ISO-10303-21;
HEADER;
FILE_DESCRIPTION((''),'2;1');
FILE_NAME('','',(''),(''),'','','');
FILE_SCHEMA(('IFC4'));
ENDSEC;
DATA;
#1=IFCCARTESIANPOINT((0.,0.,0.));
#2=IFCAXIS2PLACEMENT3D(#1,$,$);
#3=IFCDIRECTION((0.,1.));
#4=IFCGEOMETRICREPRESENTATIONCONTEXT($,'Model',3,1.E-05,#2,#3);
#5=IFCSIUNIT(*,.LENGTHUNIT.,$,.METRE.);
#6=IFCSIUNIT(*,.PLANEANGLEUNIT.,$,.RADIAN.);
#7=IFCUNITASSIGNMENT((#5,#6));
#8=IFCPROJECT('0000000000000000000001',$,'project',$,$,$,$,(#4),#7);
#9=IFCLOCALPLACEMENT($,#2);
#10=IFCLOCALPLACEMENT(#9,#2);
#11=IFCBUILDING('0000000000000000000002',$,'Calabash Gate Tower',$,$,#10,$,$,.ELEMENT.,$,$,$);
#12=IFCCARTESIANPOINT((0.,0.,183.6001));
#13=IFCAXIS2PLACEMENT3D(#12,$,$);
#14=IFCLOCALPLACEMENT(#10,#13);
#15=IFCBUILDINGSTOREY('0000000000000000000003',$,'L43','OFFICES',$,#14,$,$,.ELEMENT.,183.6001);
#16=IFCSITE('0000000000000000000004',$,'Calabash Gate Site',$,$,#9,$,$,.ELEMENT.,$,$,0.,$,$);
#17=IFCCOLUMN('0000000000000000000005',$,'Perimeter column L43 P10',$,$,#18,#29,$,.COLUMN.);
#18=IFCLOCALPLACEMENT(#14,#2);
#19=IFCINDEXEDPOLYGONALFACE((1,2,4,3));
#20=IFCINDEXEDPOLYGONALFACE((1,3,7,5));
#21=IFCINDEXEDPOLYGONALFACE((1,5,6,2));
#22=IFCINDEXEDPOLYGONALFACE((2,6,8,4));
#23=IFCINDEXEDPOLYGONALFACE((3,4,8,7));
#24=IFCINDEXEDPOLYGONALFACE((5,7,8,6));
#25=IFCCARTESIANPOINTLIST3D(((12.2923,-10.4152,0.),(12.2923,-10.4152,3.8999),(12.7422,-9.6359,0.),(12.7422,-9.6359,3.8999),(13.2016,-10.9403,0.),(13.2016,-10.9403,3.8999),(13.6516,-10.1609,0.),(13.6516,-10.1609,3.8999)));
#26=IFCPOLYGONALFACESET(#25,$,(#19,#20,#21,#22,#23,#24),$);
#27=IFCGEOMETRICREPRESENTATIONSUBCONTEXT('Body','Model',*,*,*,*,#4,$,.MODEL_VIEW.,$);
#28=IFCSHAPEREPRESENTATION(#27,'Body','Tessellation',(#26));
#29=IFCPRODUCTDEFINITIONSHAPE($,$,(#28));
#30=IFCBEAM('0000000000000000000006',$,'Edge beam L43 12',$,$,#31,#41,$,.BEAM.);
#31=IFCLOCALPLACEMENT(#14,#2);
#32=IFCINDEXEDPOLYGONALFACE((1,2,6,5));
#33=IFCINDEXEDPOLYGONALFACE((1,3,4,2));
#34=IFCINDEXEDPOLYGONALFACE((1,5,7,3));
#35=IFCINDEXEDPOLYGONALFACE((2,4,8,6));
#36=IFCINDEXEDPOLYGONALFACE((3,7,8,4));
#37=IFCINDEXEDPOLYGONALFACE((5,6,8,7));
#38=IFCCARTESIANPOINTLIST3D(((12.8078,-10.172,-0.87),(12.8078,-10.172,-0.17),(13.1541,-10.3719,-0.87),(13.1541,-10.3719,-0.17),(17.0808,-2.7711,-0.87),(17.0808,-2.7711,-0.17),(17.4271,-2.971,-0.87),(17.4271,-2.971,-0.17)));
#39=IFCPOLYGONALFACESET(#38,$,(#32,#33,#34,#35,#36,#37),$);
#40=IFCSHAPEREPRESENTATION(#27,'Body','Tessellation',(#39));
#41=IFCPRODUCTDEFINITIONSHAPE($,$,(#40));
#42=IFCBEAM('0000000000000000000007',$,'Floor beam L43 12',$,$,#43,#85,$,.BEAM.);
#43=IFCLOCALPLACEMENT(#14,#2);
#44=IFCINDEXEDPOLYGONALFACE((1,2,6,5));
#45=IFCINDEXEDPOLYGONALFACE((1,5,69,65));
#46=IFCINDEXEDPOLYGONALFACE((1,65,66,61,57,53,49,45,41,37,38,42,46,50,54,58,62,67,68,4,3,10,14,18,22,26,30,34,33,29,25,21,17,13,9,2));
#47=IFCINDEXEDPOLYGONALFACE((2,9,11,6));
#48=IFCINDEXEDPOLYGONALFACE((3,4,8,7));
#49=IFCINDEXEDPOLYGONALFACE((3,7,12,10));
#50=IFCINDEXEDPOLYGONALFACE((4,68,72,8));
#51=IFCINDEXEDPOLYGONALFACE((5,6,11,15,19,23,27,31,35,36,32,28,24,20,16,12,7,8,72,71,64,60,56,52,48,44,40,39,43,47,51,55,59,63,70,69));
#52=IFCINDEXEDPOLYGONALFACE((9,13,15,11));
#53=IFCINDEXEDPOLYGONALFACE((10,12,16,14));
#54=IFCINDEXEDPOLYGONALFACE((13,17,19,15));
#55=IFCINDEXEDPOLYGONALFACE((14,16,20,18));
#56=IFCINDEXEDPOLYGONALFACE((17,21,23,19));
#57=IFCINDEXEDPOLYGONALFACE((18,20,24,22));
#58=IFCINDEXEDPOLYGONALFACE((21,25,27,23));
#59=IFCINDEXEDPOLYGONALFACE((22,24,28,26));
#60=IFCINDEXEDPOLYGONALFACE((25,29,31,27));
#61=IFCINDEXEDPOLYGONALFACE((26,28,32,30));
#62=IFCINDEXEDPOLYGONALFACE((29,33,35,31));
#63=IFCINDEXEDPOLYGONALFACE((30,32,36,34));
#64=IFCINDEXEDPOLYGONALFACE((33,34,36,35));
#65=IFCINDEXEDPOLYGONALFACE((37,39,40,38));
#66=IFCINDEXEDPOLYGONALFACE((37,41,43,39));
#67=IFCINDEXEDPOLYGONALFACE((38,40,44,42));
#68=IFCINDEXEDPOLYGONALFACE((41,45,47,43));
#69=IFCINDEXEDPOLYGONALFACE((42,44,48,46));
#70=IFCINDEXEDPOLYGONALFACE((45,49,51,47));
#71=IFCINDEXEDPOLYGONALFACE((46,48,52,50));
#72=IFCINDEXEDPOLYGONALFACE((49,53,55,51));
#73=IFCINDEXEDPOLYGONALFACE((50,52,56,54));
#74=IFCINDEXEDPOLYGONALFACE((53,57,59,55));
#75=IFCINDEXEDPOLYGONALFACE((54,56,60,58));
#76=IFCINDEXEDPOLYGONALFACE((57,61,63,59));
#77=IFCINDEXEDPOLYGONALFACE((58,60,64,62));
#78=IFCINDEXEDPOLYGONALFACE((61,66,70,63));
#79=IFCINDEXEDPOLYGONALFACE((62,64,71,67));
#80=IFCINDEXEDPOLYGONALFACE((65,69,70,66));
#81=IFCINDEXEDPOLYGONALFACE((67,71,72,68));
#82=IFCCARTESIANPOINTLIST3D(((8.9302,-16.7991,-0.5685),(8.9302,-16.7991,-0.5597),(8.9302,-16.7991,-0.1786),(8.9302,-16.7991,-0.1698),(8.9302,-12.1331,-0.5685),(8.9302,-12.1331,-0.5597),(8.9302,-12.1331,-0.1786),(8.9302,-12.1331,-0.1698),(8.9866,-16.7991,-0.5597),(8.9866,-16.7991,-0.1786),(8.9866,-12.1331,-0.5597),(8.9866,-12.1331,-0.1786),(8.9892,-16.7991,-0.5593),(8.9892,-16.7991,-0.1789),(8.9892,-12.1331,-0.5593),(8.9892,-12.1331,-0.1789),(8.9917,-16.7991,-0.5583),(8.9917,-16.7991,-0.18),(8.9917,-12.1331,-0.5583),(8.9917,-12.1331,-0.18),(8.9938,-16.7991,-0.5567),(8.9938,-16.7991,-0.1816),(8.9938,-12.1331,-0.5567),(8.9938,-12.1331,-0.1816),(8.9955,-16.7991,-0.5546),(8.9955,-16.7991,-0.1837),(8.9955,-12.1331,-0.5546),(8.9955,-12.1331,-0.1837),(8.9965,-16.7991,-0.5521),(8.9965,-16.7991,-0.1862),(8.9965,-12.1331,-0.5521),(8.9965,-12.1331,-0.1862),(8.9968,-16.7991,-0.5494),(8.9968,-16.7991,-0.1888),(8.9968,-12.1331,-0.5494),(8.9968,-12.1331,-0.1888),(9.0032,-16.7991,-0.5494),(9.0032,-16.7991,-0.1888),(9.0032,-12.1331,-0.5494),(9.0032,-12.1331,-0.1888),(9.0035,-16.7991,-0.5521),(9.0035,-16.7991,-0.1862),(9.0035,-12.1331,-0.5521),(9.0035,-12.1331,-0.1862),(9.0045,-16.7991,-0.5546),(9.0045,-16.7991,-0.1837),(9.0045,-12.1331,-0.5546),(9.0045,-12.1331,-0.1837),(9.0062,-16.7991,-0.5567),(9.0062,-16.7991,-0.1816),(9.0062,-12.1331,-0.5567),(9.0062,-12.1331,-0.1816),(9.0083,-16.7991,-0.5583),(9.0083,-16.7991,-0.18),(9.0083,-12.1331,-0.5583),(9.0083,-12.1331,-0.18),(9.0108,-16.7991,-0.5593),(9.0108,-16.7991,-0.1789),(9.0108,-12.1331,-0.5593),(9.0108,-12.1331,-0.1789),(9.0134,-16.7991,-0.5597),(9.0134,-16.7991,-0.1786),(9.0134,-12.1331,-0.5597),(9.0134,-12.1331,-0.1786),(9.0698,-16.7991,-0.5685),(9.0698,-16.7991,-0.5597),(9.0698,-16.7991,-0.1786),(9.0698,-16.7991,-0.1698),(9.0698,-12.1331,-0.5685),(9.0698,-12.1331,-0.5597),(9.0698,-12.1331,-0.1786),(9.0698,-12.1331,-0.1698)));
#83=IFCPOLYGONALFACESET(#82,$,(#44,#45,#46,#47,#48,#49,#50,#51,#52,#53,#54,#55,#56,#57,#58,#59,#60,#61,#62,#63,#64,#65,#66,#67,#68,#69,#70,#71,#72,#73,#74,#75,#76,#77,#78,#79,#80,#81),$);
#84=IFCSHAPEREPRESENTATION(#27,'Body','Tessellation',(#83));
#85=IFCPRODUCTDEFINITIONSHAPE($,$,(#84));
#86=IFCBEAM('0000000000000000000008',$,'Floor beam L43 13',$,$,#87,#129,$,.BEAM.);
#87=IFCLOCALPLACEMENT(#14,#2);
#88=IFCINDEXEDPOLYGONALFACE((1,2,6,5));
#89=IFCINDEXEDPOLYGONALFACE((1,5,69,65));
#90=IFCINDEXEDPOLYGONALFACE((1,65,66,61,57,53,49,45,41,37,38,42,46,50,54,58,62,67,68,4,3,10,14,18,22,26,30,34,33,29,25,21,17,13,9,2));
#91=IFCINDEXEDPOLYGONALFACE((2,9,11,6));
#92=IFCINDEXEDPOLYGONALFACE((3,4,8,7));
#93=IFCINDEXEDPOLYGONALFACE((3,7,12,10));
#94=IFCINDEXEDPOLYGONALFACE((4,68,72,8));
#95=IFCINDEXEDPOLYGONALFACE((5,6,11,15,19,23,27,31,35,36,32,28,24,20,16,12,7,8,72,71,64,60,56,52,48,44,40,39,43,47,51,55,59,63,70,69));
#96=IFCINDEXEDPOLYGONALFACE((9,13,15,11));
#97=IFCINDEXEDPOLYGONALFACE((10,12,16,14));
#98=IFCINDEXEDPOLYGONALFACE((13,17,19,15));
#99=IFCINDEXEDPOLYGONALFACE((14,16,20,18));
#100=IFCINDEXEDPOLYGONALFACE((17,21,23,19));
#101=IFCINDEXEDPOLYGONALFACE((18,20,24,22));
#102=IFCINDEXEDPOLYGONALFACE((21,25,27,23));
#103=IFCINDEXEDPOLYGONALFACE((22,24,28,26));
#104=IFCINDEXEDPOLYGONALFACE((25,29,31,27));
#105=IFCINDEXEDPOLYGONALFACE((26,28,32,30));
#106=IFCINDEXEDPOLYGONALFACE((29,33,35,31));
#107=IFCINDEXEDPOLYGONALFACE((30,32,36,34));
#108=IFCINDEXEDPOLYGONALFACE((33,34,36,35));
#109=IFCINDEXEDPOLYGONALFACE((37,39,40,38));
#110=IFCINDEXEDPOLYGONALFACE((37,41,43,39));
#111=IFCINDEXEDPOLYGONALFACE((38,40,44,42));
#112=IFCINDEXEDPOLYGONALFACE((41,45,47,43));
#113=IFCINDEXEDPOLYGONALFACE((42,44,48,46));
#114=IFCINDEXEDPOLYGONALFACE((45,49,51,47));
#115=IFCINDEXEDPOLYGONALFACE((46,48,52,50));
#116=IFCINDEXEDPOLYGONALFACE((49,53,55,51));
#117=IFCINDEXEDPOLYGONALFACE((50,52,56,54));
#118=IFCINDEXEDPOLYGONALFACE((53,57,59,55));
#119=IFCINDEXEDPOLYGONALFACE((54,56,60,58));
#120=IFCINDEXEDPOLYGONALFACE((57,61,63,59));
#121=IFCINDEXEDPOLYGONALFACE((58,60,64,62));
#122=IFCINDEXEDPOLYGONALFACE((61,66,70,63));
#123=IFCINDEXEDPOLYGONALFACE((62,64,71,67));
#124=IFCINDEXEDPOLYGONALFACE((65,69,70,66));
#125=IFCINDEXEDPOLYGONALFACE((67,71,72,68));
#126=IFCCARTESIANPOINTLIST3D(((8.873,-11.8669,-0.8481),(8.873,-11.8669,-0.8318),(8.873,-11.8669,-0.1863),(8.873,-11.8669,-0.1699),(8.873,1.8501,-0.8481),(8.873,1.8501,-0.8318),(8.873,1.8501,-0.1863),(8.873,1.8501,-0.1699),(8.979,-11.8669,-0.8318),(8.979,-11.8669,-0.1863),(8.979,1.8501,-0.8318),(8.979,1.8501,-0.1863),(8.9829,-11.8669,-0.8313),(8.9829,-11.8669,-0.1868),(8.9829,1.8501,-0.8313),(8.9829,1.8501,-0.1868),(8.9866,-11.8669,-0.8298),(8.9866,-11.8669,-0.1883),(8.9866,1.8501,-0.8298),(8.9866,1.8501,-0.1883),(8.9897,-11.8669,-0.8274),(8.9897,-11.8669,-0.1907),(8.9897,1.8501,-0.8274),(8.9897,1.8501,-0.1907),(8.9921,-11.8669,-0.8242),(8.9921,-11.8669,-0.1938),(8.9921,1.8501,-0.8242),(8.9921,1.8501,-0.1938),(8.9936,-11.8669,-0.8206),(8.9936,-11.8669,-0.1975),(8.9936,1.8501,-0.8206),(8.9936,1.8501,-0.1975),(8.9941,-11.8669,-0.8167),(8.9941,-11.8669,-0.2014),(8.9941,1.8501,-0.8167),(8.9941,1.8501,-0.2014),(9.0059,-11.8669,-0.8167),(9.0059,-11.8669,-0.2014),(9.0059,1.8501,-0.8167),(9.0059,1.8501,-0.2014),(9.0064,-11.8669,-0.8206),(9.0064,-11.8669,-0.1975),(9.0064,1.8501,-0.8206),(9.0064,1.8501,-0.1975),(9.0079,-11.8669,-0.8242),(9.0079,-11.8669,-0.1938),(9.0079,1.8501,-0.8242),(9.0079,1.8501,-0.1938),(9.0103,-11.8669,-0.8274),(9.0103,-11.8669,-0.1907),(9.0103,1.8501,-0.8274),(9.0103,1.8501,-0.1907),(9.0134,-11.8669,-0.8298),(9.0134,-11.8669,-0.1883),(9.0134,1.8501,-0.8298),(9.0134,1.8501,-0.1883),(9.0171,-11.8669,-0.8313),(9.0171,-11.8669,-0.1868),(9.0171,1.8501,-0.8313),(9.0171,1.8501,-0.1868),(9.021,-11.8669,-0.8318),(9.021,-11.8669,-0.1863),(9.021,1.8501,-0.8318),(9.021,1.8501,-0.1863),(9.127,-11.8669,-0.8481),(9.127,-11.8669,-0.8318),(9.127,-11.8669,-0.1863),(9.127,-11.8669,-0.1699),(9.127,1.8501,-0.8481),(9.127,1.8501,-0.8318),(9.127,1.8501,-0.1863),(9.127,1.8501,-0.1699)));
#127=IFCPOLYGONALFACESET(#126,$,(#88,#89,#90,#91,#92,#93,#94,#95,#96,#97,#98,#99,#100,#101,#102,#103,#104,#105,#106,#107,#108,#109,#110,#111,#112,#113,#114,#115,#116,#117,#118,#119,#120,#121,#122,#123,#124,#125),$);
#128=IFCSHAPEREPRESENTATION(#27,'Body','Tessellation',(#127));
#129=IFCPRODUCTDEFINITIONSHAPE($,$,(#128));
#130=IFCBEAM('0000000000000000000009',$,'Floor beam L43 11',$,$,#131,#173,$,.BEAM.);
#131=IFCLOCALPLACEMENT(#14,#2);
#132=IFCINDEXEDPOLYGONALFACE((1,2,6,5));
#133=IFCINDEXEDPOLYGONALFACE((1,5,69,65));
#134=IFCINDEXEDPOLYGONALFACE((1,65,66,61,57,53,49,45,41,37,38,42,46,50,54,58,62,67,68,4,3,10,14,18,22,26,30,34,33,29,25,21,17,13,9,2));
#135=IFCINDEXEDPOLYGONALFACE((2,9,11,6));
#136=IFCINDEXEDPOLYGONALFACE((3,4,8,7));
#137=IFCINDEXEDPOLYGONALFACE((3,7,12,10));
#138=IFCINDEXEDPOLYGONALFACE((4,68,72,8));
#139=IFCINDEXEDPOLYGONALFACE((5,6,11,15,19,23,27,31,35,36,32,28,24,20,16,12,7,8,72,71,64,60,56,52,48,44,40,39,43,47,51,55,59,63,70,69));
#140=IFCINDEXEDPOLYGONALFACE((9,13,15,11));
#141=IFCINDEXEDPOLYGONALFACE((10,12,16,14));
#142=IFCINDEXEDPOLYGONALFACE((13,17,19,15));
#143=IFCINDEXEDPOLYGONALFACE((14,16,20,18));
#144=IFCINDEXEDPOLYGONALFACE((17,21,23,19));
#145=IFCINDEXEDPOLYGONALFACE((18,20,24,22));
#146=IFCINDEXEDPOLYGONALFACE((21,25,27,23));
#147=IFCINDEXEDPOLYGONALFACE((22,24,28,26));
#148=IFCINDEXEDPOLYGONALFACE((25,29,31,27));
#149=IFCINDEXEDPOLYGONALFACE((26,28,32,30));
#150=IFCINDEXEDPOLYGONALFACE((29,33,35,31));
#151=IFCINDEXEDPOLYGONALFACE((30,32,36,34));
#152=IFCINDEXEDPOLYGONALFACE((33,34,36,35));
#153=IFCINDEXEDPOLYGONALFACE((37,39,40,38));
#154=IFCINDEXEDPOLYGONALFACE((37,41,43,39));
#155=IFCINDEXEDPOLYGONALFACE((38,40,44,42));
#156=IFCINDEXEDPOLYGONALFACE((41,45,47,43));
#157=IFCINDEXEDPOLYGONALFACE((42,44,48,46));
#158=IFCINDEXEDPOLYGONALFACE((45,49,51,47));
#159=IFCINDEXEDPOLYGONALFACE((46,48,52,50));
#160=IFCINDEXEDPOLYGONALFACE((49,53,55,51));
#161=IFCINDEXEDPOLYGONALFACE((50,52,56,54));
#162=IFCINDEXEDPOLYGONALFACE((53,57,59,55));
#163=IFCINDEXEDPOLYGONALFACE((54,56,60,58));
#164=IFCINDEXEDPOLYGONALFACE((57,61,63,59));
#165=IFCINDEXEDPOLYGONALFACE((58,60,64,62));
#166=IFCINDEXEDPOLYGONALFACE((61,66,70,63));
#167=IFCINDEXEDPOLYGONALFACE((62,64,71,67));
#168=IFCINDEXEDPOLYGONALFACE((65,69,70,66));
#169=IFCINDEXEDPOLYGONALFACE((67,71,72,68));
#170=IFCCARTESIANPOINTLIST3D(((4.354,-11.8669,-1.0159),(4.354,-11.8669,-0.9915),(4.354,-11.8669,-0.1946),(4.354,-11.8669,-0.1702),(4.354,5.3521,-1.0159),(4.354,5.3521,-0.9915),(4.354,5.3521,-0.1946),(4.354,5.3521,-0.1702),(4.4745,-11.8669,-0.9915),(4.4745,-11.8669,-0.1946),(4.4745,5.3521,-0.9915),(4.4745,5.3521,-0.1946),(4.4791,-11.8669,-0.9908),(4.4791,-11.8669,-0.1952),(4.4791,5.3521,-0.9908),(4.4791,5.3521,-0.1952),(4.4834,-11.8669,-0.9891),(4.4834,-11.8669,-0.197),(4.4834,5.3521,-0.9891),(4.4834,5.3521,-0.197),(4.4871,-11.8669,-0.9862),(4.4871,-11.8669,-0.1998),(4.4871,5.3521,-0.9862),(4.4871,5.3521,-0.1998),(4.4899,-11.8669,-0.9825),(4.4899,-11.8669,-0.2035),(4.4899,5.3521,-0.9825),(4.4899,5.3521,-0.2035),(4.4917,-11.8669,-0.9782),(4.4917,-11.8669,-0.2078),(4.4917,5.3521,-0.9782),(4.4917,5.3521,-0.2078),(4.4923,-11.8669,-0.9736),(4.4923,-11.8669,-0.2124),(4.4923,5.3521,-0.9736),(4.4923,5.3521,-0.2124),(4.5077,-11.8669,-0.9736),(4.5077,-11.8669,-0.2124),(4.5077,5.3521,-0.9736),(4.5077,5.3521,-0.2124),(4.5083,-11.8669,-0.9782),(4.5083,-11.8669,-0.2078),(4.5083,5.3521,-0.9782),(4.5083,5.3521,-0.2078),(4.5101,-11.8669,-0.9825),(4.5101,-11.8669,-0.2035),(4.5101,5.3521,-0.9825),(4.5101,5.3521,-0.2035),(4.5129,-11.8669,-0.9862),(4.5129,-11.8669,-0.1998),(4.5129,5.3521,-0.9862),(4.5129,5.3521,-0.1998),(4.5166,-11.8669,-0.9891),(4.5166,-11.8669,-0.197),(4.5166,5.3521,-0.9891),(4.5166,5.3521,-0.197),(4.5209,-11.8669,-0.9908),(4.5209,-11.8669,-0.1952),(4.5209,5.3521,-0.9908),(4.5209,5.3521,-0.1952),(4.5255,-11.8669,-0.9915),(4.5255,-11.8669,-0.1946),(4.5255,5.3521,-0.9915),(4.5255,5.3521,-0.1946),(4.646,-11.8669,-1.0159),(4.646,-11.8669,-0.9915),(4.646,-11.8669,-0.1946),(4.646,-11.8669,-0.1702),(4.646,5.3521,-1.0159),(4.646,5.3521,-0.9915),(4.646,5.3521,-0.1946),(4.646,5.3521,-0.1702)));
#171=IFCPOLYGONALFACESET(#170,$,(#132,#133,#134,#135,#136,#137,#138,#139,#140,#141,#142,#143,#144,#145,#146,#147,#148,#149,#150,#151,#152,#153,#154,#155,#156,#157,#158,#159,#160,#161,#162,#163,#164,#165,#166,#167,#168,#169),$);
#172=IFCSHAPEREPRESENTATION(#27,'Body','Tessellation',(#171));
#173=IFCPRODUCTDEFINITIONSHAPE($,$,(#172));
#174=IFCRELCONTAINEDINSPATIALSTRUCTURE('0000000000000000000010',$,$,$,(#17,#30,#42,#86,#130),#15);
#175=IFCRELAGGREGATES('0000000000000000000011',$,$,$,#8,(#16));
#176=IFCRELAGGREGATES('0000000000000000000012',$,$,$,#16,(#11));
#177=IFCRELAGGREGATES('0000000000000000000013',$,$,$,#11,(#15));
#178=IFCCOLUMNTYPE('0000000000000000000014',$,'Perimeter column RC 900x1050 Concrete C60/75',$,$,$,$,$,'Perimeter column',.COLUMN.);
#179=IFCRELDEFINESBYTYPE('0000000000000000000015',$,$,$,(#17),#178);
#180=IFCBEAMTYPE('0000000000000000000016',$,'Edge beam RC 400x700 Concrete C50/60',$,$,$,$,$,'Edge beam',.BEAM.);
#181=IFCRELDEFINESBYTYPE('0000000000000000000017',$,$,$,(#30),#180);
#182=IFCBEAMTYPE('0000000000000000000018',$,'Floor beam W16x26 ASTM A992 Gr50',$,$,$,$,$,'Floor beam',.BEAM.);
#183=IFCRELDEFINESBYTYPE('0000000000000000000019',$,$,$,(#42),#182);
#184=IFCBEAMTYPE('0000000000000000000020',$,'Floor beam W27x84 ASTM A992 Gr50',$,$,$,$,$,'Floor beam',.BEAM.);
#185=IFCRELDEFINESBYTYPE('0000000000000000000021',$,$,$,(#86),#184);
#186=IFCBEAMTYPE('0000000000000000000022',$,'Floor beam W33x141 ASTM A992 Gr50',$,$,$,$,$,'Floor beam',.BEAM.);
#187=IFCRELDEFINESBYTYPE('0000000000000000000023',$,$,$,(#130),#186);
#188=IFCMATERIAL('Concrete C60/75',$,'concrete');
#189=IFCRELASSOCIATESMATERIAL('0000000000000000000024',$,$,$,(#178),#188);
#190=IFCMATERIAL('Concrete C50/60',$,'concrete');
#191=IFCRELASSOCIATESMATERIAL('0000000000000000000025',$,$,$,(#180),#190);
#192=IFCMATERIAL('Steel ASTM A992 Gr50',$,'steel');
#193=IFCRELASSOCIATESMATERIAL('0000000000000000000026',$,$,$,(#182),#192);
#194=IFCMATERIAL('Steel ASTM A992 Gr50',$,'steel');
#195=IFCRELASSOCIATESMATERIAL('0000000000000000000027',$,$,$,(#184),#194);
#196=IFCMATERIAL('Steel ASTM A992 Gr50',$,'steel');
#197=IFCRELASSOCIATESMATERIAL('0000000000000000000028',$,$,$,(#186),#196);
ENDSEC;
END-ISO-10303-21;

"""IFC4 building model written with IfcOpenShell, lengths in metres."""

from ifc_helpers import new_model, si_unit, direction, frame, origin, origin_2d, place, context, subcontext, project, spatial, rectangle, i_section, extrude, material, material_profile, profile_set, type_object, element, save


model = new_model("IFC4")

# Units and contexts
model_context = context("Model", 3, precision=1e-05, world=origin(), true_north=direction((0.0, 1.0)))
body_context = subcontext(model_context, "Body", "Model", "MODEL_VIEW")
ifc_project = project(units=[si_unit("LENGTHUNIT", "METRE"), si_unit("PLANEANGLEUNIT", "RADIAN")], contexts=[model_context])

# Site, building, storey
site_placement = place(None, origin())
site = spatial("IfcSite", under=ifc_project, at=site_placement, Name="Calabash Gate Site", CompositionType="ELEMENT", RefElevation=0.0)
building_placement = place(site_placement, origin())
building = spatial("IfcBuilding", under=site, at=building_placement, Name="Calabash Gate Tower", CompositionType="ELEMENT")
storey_placement = place(building_placement, frame((0.0, 0.0, 183.6001)))
storey = spatial("IfcBuildingStorey", under=building, at=storey_placement, Name="L43", Description="OFFICES", CompositionType="ELEMENT", Elevation=183.6001)

# Column
ifc_material_1 = material(Name="Concrete C60/75", Category="concrete")
ifc_material_profile_1 = material_profile(ifc_material_1, rectangle(XDim=0.8999, YDim=1.05, at=origin_2d()))
ifc_profile_set_1 = profile_set([ifc_material_profile_1], Name="Concrete C60/75")
column_type = type_object("IfcColumnType", Name="Perimeter column RC 900x1050 Concrete C60/75", ElementType="Perimeter column", PredefinedType="COLUMN", material=ifc_profile_set_1)
column_placement = place(storey_placement, frame((12.9719, -10.2881, 0.0), z_axis=(0.0, 0.0, 1.0), x_axis=(0.5, 0.866025, 0.0)))
element("IfcColumn", 1, at=column_placement, inside=storey, type_object=column_type, Name="Perimeter column L43 P10", PredefinedType="COLUMN", context=body_context, shape_type="SweptSolid", body=[
    extrude(rectangle(XDim=0.8999, YDim=1.05, at=origin_2d()), origin(), (0.0, 0.0, 1.0), 3.8999),
])

# Beams
ifc_material_2 = material(Name="Concrete C50/60", Category="concrete")
ifc_material_profile_2 = material_profile(ifc_material_2, rectangle(XDim=0.3999, YDim=0.7, at=origin_2d()))
ifc_profile_set_2 = profile_set([ifc_material_profile_2], Name="Concrete C50/60")
beam_type_1 = type_object("IfcBeamType", Name="Edge beam RC 400x700 Concrete C50/60", ElementType="Edge beam", PredefinedType="BEAM", material=ifc_profile_set_2)
beam_1_placement = place(storey_placement, frame((12.981, -10.272, -0.52), z_axis=(0.500004, 0.866023, 0.0), x_axis=(-0.866023, 0.500004, 0.0)))
element("IfcBeam", 2, at=beam_1_placement, inside=storey, type_object=beam_type_1, Name="Edge beam L43 12", PredefinedType="BEAM", context=body_context, shape_type="SweptSolid", body=[
    extrude(rectangle(XDim=0.3999, YDim=0.7, at=origin_2d()), origin(), (0.0, 0.0, 1.0), 8.5459),
])
ifc_material_3 = material(Name="Steel ASTM A992 Gr50", Category="steel")
ifc_material_profile_3 = material_profile(ifc_material_3, i_section(OverallWidth=0.1396, OverallDepth=0.3987, WebThickness=0.0063, FlangeThickness=0.0088, FilletRadius=0.0103, at=origin_2d()))
ifc_profile_set_3 = profile_set([ifc_material_profile_3], Name="Steel ASTM A992 Gr50")
beam_type_2 = type_object("IfcBeamType", Name="Floor beam W16x26 ASTM A992 Gr50", ElementType="Floor beam", PredefinedType="BEAM", material=ifc_profile_set_3)
beam_2_placement = place(storey_placement, frame((9.0, -16.7991, -0.3691), z_axis=(0.0, 1.0, 0.0), x_axis=(-1.0, 0.0, 0.0)))
element("IfcBeam", 3, at=beam_2_placement, inside=storey, type_object=beam_type_2, Name="Floor beam L43 12", PredefinedType="BEAM", context=body_context, shape_type="SweptSolid", body=[
    extrude(i_section(OverallWidth=0.1396, OverallDepth=0.3987, WebThickness=0.0063, FlangeThickness=0.0088, FilletRadius=0.0103, at=origin_2d()), origin(), (0.0, 0.0, 1.0), 4.666),
])
ifc_material_4 = material(Name="Steel ASTM A992 Gr50", Category="steel")
ifc_material_profile_4 = material_profile(ifc_material_4, i_section(OverallWidth=0.2539, OverallDepth=0.6782, WebThickness=0.0117, FlangeThickness=0.0164, FilletRadius=0.0151, at=origin_2d()))
ifc_profile_set_4 = profile_set([ifc_material_profile_4], Name="Steel ASTM A992 Gr50")
beam_type_3 = type_object("IfcBeamType", Name="Floor beam W27x84 ASTM A992 Gr50", ElementType="Floor beam", PredefinedType="BEAM", material=ifc_profile_set_4)
beam_3_placement = place(storey_placement, frame((9.0, -11.8669, -0.509), z_axis=(0.0, 1.0, 0.0), x_axis=(-1.0, 0.0, 0.0)))
element("IfcBeam", 4, at=beam_3_placement, inside=storey, type_object=beam_type_3, Name="Floor beam L43 13", PredefinedType="BEAM", context=body_context, shape_type="SweptSolid", body=[
    extrude(i_section(OverallWidth=0.2539, OverallDepth=0.6782, WebThickness=0.0117, FlangeThickness=0.0164, FilletRadius=0.0151, at=origin_2d()), origin(), (0.0, 0.0, 1.0), 13.717),
])
ifc_material_5 = material(Name="Steel ASTM A992 Gr50", Category="steel")
ifc_material_profile_5 = material_profile(ifc_material_5, i_section(OverallWidth=0.292, OverallDepth=0.8457, WebThickness=0.0154, FlangeThickness=0.0244, FilletRadius=0.0178, at=origin_2d()))
ifc_profile_set_5 = profile_set([ifc_material_profile_5], Name="Steel ASTM A992 Gr50")
beam_type_4 = type_object("IfcBeamType", Name="Floor beam W33x141 ASTM A992 Gr50", ElementType="Floor beam", PredefinedType="BEAM", material=ifc_profile_set_5)
beam_4_placement = place(storey_placement, frame((4.5, -11.8669, -0.593), z_axis=(0.0, 1.0, 0.0), x_axis=(-1.0, 0.0, 0.0)))
element("IfcBeam", 5, at=beam_4_placement, inside=storey, type_object=beam_type_4, Name="Floor beam L43 11", PredefinedType="BEAM", context=body_context, shape_type="SweptSolid", body=[
    extrude(i_section(OverallWidth=0.292, OverallDepth=0.8457, WebThickness=0.0154, FlangeThickness=0.0244, FilletRadius=0.0178, at=origin_2d()), origin(), (0.0, 0.0, 1.0), 17.219),
])

save(model, "model.ifc")
